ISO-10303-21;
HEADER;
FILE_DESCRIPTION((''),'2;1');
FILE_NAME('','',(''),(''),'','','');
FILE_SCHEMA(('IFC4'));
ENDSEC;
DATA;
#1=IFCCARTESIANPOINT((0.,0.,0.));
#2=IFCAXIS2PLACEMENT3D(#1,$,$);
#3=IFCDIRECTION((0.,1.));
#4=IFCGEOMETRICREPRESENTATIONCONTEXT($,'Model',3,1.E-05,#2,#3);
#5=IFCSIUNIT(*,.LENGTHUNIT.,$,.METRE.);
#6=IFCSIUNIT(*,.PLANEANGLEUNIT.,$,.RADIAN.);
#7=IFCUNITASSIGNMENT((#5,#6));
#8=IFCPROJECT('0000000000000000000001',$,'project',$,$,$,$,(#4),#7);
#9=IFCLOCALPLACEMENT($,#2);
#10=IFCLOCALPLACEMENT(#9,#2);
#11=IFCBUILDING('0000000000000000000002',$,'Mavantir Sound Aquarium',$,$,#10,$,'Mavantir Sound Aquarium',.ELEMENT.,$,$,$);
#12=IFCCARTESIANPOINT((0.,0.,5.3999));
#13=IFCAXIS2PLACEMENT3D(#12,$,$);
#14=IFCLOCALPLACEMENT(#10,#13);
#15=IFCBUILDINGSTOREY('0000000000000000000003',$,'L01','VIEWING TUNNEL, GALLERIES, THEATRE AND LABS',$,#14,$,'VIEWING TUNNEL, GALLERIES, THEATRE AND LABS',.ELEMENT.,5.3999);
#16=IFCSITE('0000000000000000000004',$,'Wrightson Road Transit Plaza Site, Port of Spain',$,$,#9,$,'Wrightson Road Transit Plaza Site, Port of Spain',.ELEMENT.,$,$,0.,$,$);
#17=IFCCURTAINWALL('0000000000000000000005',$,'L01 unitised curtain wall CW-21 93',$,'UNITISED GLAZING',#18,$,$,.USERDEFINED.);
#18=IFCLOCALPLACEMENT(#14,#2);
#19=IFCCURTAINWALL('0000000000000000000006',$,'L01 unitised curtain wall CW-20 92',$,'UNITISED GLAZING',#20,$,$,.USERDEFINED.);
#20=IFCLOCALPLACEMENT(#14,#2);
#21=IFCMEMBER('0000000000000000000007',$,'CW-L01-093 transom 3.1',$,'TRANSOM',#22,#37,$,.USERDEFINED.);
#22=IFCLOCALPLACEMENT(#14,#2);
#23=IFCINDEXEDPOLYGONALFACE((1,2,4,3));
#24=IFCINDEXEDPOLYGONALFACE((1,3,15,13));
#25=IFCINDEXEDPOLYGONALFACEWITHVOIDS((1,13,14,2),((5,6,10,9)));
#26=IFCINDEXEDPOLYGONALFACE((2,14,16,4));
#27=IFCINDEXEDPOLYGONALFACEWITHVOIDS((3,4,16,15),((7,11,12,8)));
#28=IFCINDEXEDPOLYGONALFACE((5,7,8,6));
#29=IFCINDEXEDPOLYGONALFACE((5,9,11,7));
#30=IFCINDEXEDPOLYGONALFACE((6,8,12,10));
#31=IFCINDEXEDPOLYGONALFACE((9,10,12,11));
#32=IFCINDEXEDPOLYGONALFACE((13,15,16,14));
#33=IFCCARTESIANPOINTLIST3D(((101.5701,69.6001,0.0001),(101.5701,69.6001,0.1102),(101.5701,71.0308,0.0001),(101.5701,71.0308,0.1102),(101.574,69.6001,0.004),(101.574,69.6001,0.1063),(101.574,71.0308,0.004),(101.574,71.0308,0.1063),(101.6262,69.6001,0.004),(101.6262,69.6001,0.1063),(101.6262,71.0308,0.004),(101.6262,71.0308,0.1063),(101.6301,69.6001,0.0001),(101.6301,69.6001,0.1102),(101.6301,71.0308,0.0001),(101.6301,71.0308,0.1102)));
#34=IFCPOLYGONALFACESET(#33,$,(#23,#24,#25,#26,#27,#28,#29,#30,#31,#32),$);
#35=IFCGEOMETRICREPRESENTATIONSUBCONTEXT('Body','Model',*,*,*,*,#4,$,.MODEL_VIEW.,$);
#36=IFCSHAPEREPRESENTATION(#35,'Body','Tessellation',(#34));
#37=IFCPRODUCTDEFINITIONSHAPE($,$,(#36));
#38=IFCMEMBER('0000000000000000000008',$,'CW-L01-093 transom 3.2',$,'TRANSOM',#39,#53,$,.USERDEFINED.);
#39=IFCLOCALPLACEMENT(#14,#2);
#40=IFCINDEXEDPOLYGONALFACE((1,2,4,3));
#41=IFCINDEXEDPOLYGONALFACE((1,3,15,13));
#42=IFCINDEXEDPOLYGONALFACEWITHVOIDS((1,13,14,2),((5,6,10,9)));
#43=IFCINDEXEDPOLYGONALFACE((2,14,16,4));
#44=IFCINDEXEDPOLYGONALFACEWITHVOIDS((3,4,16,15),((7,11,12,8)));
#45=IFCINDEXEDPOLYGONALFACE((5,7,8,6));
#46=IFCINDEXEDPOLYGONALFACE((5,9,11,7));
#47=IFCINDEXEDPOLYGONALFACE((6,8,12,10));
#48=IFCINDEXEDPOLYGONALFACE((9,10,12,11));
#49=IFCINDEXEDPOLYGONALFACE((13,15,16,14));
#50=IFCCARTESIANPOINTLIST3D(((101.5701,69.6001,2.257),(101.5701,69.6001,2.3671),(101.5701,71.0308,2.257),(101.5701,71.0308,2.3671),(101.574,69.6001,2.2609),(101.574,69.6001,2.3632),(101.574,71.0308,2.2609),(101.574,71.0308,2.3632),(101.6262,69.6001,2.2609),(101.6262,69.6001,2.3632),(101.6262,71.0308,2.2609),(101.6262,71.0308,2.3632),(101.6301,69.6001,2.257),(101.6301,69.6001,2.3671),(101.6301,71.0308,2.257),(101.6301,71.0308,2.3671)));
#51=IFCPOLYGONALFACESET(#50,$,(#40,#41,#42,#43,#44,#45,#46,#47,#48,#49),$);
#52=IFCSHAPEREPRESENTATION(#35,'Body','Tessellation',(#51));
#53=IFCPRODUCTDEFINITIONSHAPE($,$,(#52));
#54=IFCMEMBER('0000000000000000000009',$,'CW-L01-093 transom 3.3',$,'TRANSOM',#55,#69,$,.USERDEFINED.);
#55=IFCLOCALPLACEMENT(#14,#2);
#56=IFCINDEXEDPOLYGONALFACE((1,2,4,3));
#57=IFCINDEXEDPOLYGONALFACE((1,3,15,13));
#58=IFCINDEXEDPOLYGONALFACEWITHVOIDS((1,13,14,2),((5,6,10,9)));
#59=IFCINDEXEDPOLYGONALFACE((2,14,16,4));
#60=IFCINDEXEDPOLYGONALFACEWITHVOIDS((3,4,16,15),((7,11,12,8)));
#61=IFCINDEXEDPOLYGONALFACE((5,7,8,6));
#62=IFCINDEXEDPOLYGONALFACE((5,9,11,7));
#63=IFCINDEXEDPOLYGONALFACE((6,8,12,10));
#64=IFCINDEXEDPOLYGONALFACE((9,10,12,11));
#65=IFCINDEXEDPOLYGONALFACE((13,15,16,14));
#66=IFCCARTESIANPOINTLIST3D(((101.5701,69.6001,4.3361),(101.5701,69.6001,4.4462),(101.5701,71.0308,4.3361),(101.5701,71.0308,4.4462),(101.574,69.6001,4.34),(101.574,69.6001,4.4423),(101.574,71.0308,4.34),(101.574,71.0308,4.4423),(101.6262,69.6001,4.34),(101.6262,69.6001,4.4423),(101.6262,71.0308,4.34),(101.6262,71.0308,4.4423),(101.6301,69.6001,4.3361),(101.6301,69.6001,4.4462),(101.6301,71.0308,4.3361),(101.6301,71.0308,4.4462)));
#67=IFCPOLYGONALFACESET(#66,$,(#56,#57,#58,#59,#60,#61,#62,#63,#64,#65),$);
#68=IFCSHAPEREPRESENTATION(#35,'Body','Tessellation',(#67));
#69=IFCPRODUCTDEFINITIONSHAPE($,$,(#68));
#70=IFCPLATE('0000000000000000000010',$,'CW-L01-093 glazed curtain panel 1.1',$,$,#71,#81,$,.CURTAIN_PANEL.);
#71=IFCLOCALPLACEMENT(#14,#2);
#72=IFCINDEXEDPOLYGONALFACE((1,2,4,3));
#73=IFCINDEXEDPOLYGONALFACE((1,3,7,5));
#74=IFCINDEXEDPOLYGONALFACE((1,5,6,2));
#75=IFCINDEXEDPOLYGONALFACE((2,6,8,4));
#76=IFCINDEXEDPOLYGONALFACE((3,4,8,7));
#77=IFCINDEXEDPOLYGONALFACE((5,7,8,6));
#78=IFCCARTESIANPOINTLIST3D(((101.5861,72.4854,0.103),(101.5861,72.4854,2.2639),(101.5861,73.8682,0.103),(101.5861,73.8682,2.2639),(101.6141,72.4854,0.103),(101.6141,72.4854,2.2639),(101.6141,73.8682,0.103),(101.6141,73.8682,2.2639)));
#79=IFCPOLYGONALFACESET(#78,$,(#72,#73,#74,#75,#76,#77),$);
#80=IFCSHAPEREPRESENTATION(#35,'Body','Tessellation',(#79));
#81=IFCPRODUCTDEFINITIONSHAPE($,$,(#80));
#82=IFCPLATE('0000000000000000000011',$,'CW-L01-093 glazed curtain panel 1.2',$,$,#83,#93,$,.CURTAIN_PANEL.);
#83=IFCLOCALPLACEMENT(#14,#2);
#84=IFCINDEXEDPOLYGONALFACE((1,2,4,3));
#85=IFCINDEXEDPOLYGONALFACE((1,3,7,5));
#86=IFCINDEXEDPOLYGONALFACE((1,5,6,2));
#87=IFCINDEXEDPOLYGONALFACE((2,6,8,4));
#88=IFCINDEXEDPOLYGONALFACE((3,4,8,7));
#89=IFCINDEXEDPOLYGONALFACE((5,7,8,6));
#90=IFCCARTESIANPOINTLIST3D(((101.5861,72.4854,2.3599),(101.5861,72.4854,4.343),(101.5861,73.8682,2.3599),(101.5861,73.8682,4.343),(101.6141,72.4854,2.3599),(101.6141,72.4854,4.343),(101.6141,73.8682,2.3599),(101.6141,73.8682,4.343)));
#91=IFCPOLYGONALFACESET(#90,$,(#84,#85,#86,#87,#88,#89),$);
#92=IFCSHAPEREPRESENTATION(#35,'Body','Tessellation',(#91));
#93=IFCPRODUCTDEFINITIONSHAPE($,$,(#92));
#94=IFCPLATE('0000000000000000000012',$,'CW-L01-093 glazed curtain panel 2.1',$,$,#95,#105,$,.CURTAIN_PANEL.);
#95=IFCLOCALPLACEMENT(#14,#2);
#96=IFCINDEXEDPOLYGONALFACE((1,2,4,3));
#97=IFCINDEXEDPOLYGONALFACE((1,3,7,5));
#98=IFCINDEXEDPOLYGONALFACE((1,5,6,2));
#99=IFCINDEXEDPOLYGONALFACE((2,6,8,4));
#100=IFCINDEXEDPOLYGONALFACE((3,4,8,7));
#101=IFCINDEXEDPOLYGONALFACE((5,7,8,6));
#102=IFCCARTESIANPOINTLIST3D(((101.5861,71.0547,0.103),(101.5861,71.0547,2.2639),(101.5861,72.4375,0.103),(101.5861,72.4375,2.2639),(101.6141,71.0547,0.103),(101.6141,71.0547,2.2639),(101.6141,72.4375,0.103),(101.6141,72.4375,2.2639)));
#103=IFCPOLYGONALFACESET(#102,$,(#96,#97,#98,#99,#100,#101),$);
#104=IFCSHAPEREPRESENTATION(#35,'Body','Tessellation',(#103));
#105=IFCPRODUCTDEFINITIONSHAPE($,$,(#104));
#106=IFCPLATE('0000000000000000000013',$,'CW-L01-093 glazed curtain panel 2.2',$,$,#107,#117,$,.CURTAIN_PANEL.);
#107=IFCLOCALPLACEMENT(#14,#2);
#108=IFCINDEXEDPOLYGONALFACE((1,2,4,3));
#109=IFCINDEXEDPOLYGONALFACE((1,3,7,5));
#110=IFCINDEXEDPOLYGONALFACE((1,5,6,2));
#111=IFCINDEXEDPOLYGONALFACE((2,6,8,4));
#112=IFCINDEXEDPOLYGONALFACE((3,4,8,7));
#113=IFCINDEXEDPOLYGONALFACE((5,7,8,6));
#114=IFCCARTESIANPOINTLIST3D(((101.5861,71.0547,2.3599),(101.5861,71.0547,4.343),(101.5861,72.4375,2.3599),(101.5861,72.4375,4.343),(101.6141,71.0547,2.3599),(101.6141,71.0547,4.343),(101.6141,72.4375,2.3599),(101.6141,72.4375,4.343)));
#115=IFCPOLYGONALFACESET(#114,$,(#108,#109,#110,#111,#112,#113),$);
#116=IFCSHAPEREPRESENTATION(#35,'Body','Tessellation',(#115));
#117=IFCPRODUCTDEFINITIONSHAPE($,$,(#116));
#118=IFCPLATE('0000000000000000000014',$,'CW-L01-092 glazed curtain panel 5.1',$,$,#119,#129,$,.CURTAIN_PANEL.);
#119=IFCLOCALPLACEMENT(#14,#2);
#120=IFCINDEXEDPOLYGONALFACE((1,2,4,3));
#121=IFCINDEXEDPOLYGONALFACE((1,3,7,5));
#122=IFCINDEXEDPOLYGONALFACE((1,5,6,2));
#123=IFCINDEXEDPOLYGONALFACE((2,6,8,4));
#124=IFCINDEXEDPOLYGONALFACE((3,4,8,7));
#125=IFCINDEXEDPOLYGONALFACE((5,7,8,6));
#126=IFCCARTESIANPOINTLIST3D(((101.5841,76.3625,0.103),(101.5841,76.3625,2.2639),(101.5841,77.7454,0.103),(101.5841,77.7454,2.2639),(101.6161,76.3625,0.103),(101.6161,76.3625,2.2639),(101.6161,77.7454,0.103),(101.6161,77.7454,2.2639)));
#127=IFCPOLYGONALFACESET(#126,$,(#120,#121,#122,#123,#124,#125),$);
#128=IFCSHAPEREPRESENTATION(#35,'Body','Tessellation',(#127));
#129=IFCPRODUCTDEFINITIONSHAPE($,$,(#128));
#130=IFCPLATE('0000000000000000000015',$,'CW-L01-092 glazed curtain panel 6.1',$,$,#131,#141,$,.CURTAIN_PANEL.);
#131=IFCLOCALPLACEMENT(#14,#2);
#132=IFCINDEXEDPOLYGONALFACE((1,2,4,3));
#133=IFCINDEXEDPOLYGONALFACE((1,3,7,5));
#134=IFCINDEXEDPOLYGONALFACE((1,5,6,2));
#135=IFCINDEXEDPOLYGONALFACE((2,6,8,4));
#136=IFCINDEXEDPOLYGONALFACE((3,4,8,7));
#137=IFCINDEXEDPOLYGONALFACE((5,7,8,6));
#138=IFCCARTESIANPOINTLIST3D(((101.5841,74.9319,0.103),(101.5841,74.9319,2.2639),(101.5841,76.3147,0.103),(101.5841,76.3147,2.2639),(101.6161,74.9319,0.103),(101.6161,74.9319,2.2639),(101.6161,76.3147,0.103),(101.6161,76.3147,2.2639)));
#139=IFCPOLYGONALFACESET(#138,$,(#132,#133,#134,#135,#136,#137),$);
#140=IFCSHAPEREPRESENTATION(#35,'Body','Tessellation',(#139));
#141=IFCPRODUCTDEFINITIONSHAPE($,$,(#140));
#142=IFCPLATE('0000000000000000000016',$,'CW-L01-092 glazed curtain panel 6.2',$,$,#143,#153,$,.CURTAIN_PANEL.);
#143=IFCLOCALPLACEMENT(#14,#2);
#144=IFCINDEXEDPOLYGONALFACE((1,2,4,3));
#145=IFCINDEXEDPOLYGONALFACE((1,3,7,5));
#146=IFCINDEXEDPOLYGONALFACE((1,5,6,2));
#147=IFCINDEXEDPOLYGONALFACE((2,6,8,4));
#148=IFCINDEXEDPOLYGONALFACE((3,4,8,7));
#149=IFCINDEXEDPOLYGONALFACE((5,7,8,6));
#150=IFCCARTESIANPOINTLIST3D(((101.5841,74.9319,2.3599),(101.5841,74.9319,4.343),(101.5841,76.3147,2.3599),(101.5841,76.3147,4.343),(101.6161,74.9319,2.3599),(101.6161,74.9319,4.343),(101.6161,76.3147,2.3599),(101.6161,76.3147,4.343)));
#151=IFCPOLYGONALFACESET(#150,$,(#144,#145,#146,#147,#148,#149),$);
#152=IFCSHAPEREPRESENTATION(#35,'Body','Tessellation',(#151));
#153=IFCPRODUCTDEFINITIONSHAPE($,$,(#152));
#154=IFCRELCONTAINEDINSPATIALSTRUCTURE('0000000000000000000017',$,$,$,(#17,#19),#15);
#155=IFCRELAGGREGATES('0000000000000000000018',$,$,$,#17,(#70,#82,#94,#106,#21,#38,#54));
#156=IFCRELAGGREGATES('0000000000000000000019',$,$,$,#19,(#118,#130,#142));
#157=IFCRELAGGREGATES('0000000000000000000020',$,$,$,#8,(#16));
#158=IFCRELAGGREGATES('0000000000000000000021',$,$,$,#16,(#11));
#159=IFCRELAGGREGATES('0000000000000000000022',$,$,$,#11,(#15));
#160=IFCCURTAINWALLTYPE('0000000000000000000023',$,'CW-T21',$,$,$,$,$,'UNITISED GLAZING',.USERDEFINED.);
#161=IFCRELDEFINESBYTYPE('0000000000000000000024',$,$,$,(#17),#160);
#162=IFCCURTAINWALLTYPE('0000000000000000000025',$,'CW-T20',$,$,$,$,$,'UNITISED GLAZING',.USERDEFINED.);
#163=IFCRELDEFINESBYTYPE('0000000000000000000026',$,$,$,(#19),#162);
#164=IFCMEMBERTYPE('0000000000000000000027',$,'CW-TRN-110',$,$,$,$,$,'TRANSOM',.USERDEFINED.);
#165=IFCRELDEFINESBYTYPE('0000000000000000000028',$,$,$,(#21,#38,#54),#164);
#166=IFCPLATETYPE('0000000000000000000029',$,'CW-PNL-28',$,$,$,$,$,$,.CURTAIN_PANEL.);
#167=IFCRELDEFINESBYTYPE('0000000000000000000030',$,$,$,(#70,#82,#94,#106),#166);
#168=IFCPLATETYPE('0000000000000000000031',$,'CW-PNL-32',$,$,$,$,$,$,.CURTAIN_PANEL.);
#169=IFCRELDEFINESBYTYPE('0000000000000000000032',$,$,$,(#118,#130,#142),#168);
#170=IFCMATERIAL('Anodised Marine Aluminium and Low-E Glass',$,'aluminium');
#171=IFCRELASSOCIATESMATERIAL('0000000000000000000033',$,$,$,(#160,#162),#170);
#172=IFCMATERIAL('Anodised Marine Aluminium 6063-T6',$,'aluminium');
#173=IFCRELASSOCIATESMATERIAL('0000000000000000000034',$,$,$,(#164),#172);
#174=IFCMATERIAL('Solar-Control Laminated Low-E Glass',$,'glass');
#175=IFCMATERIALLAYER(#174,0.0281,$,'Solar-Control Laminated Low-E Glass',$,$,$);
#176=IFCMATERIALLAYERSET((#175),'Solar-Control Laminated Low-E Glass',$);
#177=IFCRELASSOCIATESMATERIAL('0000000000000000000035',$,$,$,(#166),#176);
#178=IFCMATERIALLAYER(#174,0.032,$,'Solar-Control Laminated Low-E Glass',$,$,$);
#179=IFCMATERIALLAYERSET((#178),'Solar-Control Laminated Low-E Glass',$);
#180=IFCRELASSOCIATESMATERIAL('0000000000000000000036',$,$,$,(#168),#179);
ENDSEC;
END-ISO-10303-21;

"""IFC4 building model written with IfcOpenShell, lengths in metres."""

from ifc_helpers import new_model, si_unit, direction, frame, origin, origin_2d, place, context, subcontext, project, spatial, rectangle, hollow_rectangle, extrude, material, layer, layer_set, material_profile, profile_set, type_object, element, aggregate, save


model = new_model("IFC4")

# Units and contexts
model_context = context("Model", 3, precision=1e-05, world=origin(), true_north=direction((0.0, 1.0)))
body_context = subcontext(model_context, "Body", "Model", "MODEL_VIEW")
ifc_project = project(units=[si_unit("LENGTHUNIT", "METRE"), si_unit("PLANEANGLEUNIT", "RADIAN")], contexts=[model_context])

# Site, building, storey
site_placement = place(None, origin())
site = spatial("IfcSite", under=ifc_project, at=site_placement, Name="Wrightson Road Transit Plaza Site, Port of Spain", LongName="Wrightson Road Transit Plaza Site, Port of Spain", CompositionType="ELEMENT", RefElevation=0.0)
building_placement = place(site_placement, origin())
building = spatial("IfcBuilding", under=site, at=building_placement, Name="Mavantir Sound Aquarium", LongName="Mavantir Sound Aquarium", CompositionType="ELEMENT")
storey_placement = place(building_placement, frame((0.0, 0.0, 5.3999)))
storey = spatial("IfcBuildingStorey", under=building, at=storey_placement, Name="L01", Description="VIEWING TUNNEL, GALLERIES, THEATRE AND LABS", LongName="VIEWING TUNNEL, GALLERIES, THEATRE AND LABS", CompositionType="ELEMENT", Elevation=5.3999)

# Curtain walls
ifc_material_1 = material(Name="Anodised Marine Aluminium and Low-E Glass", Category="aluminium")
curtain_wall_type_1 = type_object("IfcCurtainWallType", Name="CW-T21", ElementType="UNITISED GLAZING", PredefinedType="USERDEFINED", material=ifc_material_1)
curtain_wall_1_placement = place(storey_placement, origin())
curtain_wall_1 = element("IfcCurtainWall", 1, at=curtain_wall_1_placement, inside=storey, type_object=curtain_wall_type_1, Name="L01 unitised curtain wall CW-21 93", ObjectType="UNITISED GLAZING", PredefinedType="USERDEFINED")
ifc_material_2 = material(Name="Anodised Marine Aluminium 6063-T6", Category="aluminium")
curtain_wall_type_2 = type_object("IfcCurtainWallType", Name="CW-T20", ElementType="UNITISED GLAZING", PredefinedType="USERDEFINED", material=ifc_material_1)
curtain_wall_2_placement = place(storey_placement, origin())
curtain_wall_2 = element("IfcCurtainWall", 2, at=curtain_wall_2_placement, inside=storey, type_object=curtain_wall_type_2, Name="L01 unitised curtain wall CW-20 92", ObjectType="UNITISED GLAZING", PredefinedType="USERDEFINED")
ifc_material_profile_1 = material_profile(ifc_material_2, hollow_rectangle(XDim=0.0601, YDim=0.1101, WallThickness=0.0039, at=origin_2d()), Name="ALU-TRANSOM-110X60")
ifc_profile_set_1 = profile_set([ifc_material_profile_1], Name="Anodised Marine Aluminium 6063-T6")
member_type_1 = type_object("IfcMemberType", Name="CW-TRN-110", ElementType="TRANSOM", PredefinedType="USERDEFINED", material=ifc_profile_set_1)

# Members
member_1_placement = place(storey_placement, frame((101.6001, 71.0308, 0.0552), z_axis=(0.0, -1.0, 0.0), x_axis=(1.0, 0.0, 0.0)))
member_1 = element("IfcMember", 3, at=member_1_placement, type_object=member_type_1, Name="CW-L01-093 transom 3.1", ObjectType="TRANSOM", PredefinedType="USERDEFINED", context=body_context, shape_type="SweptSolid", body=[
    extrude(hollow_rectangle(XDim=0.0601, YDim=0.1101, WallThickness=0.0039, at=origin_2d()), origin(), (0.0, 0.0, 1.0), 1.4307),
])
member_2_placement = place(storey_placement, frame((101.6001, 71.0308, 2.312), z_axis=(0.0, -1.0, 0.0), x_axis=(1.0, 0.0, 0.0)))
member_2 = element("IfcMember", 4, at=member_2_placement, type_object=member_type_1, Name="CW-L01-093 transom 3.2", ObjectType="TRANSOM", PredefinedType="USERDEFINED", context=body_context, shape_type="SweptSolid", body=[
    extrude(hollow_rectangle(XDim=0.0601, YDim=0.1101, WallThickness=0.0039, at=origin_2d()), origin(), (0.0, 0.0, 1.0), 1.4307),
])
member_3_placement = place(storey_placement, frame((101.6001, 71.0308, 4.3911), z_axis=(0.0, -1.0, 0.0), x_axis=(1.0, 0.0, 0.0)))
member_3 = element("IfcMember", 5, at=member_3_placement, type_object=member_type_1, Name="CW-L01-093 transom 3.3", ObjectType="TRANSOM", PredefinedType="USERDEFINED", context=body_context, shape_type="SweptSolid", body=[
    extrude(hollow_rectangle(XDim=0.0601, YDim=0.1101, WallThickness=0.0039, at=origin_2d()), origin(), (0.0, 0.0, 1.0), 1.4307),
])

# Plates
ifc_material_3 = material(Name="Solar-Control Laminated Low-E Glass", Category="glass")
ifc_layer_1 = layer(ifc_material_3, 0.0281, Name="Solar-Control Laminated Low-E Glass")
ifc_layer_set_1 = layer_set([ifc_layer_1], Name="Solar-Control Laminated Low-E Glass")
plate_type_1 = type_object("IfcPlateType", Name="CW-PNL-28", PredefinedType="CURTAIN_PANEL", material=ifc_layer_set_1)
plate_1_placement = place(storey_placement, frame((101.6001, 73.1768, 0.103), z_axis=(0.0, 0.0, 1.0), x_axis=(0.0, -1.0, 0.0)))
plate_1 = element("IfcPlate", 6, at=plate_1_placement, type_object=plate_type_1, Name="CW-L01-093 glazed curtain panel 1.1", PredefinedType="CURTAIN_PANEL", context=body_context, shape_type="SweptSolid", body=[
    extrude(rectangle(XDim=1.3828, YDim=0.0281, at=origin_2d()), origin(), (0.0, 0.0, 1.0), 2.1609),
])
plate_2_placement = place(storey_placement, frame((101.6001, 73.1768, 2.3599), z_axis=(0.0, 0.0, 1.0), x_axis=(0.0, -1.0, 0.0)))
plate_2 = element("IfcPlate", 7, at=plate_2_placement, type_object=plate_type_1, Name="CW-L01-093 glazed curtain panel 1.2", PredefinedType="CURTAIN_PANEL", context=body_context, shape_type="SweptSolid", body=[
    extrude(rectangle(XDim=1.3828, YDim=0.0281, at=origin_2d()), origin(), (0.0, 0.0, 1.0), 1.9832),
])
plate_3_placement = place(storey_placement, frame((101.6001, 71.7461, 0.103), z_axis=(0.0, 0.0, 1.0), x_axis=(0.0, -1.0, 0.0)))
plate_3 = element("IfcPlate", 8, at=plate_3_placement, type_object=plate_type_1, Name="CW-L01-093 glazed curtain panel 2.1", PredefinedType="CURTAIN_PANEL", context=body_context, shape_type="SweptSolid", body=[
    extrude(rectangle(XDim=1.3828, YDim=0.0281, at=origin_2d()), origin(), (0.0, 0.0, 1.0), 2.1609),
])
plate_4_placement = place(storey_placement, frame((101.6001, 71.7461, 2.3599), z_axis=(0.0, 0.0, 1.0), x_axis=(0.0, -1.0, 0.0)))
plate_4 = element("IfcPlate", 9, at=plate_4_placement, type_object=plate_type_1, Name="CW-L01-093 glazed curtain panel 2.2", PredefinedType="CURTAIN_PANEL", context=body_context, shape_type="SweptSolid", body=[
    extrude(rectangle(XDim=1.3828, YDim=0.0281, at=origin_2d()), origin(), (0.0, 0.0, 1.0), 1.9832),
])
aggregate(curtain_wall_1, [plate_1, plate_2, plate_3, plate_4, member_1, member_2, member_3])
ifc_layer_2 = layer(ifc_material_3, 0.032, Name="Solar-Control Laminated Low-E Glass")
ifc_layer_set_2 = layer_set([ifc_layer_2], Name="Solar-Control Laminated Low-E Glass")
plate_type_2 = type_object("IfcPlateType", Name="CW-PNL-32", PredefinedType="CURTAIN_PANEL", material=ifc_layer_set_2)
plate_5_placement = place(storey_placement, frame((101.6001, 77.054, 0.103), z_axis=(0.0, 0.0, 1.0), x_axis=(0.0, -1.0, 0.0)))
plate_5 = element("IfcPlate", 10, at=plate_5_placement, type_object=plate_type_2, Name="CW-L01-092 glazed curtain panel 5.1", PredefinedType="CURTAIN_PANEL", context=body_context, shape_type="SweptSolid", body=[
    extrude(rectangle(XDim=1.3828, YDim=0.032, at=origin_2d()), origin(), (0.0, 0.0, 1.0), 2.1609),
])
plate_6_placement = place(storey_placement, frame((101.6001, 75.6233, 0.103), z_axis=(0.0, 0.0, 1.0), x_axis=(0.0, -1.0, 0.0)))
plate_6 = element("IfcPlate", 11, at=plate_6_placement, type_object=plate_type_2, Name="CW-L01-092 glazed curtain panel 6.1", PredefinedType="CURTAIN_PANEL", context=body_context, shape_type="SweptSolid", body=[
    extrude(rectangle(XDim=1.3828, YDim=0.032, at=origin_2d()), origin(), (0.0, 0.0, 1.0), 2.1609),
])
plate_7_placement = place(storey_placement, frame((101.6001, 75.6233, 2.3599), z_axis=(0.0, 0.0, 1.0), x_axis=(0.0, -1.0, 0.0)))
plate_7 = element("IfcPlate", 12, at=plate_7_placement, type_object=plate_type_2, Name="CW-L01-092 glazed curtain panel 6.2", PredefinedType="CURTAIN_PANEL", context=body_context, shape_type="SweptSolid", body=[
    extrude(rectangle(XDim=1.3828, YDim=0.032, at=origin_2d()), origin(), (0.0, 0.0, 1.0), 1.9832),
])
aggregate(curtain_wall_2, [plate_5, plate_6, plate_7])

save(model, "model.ifc")
